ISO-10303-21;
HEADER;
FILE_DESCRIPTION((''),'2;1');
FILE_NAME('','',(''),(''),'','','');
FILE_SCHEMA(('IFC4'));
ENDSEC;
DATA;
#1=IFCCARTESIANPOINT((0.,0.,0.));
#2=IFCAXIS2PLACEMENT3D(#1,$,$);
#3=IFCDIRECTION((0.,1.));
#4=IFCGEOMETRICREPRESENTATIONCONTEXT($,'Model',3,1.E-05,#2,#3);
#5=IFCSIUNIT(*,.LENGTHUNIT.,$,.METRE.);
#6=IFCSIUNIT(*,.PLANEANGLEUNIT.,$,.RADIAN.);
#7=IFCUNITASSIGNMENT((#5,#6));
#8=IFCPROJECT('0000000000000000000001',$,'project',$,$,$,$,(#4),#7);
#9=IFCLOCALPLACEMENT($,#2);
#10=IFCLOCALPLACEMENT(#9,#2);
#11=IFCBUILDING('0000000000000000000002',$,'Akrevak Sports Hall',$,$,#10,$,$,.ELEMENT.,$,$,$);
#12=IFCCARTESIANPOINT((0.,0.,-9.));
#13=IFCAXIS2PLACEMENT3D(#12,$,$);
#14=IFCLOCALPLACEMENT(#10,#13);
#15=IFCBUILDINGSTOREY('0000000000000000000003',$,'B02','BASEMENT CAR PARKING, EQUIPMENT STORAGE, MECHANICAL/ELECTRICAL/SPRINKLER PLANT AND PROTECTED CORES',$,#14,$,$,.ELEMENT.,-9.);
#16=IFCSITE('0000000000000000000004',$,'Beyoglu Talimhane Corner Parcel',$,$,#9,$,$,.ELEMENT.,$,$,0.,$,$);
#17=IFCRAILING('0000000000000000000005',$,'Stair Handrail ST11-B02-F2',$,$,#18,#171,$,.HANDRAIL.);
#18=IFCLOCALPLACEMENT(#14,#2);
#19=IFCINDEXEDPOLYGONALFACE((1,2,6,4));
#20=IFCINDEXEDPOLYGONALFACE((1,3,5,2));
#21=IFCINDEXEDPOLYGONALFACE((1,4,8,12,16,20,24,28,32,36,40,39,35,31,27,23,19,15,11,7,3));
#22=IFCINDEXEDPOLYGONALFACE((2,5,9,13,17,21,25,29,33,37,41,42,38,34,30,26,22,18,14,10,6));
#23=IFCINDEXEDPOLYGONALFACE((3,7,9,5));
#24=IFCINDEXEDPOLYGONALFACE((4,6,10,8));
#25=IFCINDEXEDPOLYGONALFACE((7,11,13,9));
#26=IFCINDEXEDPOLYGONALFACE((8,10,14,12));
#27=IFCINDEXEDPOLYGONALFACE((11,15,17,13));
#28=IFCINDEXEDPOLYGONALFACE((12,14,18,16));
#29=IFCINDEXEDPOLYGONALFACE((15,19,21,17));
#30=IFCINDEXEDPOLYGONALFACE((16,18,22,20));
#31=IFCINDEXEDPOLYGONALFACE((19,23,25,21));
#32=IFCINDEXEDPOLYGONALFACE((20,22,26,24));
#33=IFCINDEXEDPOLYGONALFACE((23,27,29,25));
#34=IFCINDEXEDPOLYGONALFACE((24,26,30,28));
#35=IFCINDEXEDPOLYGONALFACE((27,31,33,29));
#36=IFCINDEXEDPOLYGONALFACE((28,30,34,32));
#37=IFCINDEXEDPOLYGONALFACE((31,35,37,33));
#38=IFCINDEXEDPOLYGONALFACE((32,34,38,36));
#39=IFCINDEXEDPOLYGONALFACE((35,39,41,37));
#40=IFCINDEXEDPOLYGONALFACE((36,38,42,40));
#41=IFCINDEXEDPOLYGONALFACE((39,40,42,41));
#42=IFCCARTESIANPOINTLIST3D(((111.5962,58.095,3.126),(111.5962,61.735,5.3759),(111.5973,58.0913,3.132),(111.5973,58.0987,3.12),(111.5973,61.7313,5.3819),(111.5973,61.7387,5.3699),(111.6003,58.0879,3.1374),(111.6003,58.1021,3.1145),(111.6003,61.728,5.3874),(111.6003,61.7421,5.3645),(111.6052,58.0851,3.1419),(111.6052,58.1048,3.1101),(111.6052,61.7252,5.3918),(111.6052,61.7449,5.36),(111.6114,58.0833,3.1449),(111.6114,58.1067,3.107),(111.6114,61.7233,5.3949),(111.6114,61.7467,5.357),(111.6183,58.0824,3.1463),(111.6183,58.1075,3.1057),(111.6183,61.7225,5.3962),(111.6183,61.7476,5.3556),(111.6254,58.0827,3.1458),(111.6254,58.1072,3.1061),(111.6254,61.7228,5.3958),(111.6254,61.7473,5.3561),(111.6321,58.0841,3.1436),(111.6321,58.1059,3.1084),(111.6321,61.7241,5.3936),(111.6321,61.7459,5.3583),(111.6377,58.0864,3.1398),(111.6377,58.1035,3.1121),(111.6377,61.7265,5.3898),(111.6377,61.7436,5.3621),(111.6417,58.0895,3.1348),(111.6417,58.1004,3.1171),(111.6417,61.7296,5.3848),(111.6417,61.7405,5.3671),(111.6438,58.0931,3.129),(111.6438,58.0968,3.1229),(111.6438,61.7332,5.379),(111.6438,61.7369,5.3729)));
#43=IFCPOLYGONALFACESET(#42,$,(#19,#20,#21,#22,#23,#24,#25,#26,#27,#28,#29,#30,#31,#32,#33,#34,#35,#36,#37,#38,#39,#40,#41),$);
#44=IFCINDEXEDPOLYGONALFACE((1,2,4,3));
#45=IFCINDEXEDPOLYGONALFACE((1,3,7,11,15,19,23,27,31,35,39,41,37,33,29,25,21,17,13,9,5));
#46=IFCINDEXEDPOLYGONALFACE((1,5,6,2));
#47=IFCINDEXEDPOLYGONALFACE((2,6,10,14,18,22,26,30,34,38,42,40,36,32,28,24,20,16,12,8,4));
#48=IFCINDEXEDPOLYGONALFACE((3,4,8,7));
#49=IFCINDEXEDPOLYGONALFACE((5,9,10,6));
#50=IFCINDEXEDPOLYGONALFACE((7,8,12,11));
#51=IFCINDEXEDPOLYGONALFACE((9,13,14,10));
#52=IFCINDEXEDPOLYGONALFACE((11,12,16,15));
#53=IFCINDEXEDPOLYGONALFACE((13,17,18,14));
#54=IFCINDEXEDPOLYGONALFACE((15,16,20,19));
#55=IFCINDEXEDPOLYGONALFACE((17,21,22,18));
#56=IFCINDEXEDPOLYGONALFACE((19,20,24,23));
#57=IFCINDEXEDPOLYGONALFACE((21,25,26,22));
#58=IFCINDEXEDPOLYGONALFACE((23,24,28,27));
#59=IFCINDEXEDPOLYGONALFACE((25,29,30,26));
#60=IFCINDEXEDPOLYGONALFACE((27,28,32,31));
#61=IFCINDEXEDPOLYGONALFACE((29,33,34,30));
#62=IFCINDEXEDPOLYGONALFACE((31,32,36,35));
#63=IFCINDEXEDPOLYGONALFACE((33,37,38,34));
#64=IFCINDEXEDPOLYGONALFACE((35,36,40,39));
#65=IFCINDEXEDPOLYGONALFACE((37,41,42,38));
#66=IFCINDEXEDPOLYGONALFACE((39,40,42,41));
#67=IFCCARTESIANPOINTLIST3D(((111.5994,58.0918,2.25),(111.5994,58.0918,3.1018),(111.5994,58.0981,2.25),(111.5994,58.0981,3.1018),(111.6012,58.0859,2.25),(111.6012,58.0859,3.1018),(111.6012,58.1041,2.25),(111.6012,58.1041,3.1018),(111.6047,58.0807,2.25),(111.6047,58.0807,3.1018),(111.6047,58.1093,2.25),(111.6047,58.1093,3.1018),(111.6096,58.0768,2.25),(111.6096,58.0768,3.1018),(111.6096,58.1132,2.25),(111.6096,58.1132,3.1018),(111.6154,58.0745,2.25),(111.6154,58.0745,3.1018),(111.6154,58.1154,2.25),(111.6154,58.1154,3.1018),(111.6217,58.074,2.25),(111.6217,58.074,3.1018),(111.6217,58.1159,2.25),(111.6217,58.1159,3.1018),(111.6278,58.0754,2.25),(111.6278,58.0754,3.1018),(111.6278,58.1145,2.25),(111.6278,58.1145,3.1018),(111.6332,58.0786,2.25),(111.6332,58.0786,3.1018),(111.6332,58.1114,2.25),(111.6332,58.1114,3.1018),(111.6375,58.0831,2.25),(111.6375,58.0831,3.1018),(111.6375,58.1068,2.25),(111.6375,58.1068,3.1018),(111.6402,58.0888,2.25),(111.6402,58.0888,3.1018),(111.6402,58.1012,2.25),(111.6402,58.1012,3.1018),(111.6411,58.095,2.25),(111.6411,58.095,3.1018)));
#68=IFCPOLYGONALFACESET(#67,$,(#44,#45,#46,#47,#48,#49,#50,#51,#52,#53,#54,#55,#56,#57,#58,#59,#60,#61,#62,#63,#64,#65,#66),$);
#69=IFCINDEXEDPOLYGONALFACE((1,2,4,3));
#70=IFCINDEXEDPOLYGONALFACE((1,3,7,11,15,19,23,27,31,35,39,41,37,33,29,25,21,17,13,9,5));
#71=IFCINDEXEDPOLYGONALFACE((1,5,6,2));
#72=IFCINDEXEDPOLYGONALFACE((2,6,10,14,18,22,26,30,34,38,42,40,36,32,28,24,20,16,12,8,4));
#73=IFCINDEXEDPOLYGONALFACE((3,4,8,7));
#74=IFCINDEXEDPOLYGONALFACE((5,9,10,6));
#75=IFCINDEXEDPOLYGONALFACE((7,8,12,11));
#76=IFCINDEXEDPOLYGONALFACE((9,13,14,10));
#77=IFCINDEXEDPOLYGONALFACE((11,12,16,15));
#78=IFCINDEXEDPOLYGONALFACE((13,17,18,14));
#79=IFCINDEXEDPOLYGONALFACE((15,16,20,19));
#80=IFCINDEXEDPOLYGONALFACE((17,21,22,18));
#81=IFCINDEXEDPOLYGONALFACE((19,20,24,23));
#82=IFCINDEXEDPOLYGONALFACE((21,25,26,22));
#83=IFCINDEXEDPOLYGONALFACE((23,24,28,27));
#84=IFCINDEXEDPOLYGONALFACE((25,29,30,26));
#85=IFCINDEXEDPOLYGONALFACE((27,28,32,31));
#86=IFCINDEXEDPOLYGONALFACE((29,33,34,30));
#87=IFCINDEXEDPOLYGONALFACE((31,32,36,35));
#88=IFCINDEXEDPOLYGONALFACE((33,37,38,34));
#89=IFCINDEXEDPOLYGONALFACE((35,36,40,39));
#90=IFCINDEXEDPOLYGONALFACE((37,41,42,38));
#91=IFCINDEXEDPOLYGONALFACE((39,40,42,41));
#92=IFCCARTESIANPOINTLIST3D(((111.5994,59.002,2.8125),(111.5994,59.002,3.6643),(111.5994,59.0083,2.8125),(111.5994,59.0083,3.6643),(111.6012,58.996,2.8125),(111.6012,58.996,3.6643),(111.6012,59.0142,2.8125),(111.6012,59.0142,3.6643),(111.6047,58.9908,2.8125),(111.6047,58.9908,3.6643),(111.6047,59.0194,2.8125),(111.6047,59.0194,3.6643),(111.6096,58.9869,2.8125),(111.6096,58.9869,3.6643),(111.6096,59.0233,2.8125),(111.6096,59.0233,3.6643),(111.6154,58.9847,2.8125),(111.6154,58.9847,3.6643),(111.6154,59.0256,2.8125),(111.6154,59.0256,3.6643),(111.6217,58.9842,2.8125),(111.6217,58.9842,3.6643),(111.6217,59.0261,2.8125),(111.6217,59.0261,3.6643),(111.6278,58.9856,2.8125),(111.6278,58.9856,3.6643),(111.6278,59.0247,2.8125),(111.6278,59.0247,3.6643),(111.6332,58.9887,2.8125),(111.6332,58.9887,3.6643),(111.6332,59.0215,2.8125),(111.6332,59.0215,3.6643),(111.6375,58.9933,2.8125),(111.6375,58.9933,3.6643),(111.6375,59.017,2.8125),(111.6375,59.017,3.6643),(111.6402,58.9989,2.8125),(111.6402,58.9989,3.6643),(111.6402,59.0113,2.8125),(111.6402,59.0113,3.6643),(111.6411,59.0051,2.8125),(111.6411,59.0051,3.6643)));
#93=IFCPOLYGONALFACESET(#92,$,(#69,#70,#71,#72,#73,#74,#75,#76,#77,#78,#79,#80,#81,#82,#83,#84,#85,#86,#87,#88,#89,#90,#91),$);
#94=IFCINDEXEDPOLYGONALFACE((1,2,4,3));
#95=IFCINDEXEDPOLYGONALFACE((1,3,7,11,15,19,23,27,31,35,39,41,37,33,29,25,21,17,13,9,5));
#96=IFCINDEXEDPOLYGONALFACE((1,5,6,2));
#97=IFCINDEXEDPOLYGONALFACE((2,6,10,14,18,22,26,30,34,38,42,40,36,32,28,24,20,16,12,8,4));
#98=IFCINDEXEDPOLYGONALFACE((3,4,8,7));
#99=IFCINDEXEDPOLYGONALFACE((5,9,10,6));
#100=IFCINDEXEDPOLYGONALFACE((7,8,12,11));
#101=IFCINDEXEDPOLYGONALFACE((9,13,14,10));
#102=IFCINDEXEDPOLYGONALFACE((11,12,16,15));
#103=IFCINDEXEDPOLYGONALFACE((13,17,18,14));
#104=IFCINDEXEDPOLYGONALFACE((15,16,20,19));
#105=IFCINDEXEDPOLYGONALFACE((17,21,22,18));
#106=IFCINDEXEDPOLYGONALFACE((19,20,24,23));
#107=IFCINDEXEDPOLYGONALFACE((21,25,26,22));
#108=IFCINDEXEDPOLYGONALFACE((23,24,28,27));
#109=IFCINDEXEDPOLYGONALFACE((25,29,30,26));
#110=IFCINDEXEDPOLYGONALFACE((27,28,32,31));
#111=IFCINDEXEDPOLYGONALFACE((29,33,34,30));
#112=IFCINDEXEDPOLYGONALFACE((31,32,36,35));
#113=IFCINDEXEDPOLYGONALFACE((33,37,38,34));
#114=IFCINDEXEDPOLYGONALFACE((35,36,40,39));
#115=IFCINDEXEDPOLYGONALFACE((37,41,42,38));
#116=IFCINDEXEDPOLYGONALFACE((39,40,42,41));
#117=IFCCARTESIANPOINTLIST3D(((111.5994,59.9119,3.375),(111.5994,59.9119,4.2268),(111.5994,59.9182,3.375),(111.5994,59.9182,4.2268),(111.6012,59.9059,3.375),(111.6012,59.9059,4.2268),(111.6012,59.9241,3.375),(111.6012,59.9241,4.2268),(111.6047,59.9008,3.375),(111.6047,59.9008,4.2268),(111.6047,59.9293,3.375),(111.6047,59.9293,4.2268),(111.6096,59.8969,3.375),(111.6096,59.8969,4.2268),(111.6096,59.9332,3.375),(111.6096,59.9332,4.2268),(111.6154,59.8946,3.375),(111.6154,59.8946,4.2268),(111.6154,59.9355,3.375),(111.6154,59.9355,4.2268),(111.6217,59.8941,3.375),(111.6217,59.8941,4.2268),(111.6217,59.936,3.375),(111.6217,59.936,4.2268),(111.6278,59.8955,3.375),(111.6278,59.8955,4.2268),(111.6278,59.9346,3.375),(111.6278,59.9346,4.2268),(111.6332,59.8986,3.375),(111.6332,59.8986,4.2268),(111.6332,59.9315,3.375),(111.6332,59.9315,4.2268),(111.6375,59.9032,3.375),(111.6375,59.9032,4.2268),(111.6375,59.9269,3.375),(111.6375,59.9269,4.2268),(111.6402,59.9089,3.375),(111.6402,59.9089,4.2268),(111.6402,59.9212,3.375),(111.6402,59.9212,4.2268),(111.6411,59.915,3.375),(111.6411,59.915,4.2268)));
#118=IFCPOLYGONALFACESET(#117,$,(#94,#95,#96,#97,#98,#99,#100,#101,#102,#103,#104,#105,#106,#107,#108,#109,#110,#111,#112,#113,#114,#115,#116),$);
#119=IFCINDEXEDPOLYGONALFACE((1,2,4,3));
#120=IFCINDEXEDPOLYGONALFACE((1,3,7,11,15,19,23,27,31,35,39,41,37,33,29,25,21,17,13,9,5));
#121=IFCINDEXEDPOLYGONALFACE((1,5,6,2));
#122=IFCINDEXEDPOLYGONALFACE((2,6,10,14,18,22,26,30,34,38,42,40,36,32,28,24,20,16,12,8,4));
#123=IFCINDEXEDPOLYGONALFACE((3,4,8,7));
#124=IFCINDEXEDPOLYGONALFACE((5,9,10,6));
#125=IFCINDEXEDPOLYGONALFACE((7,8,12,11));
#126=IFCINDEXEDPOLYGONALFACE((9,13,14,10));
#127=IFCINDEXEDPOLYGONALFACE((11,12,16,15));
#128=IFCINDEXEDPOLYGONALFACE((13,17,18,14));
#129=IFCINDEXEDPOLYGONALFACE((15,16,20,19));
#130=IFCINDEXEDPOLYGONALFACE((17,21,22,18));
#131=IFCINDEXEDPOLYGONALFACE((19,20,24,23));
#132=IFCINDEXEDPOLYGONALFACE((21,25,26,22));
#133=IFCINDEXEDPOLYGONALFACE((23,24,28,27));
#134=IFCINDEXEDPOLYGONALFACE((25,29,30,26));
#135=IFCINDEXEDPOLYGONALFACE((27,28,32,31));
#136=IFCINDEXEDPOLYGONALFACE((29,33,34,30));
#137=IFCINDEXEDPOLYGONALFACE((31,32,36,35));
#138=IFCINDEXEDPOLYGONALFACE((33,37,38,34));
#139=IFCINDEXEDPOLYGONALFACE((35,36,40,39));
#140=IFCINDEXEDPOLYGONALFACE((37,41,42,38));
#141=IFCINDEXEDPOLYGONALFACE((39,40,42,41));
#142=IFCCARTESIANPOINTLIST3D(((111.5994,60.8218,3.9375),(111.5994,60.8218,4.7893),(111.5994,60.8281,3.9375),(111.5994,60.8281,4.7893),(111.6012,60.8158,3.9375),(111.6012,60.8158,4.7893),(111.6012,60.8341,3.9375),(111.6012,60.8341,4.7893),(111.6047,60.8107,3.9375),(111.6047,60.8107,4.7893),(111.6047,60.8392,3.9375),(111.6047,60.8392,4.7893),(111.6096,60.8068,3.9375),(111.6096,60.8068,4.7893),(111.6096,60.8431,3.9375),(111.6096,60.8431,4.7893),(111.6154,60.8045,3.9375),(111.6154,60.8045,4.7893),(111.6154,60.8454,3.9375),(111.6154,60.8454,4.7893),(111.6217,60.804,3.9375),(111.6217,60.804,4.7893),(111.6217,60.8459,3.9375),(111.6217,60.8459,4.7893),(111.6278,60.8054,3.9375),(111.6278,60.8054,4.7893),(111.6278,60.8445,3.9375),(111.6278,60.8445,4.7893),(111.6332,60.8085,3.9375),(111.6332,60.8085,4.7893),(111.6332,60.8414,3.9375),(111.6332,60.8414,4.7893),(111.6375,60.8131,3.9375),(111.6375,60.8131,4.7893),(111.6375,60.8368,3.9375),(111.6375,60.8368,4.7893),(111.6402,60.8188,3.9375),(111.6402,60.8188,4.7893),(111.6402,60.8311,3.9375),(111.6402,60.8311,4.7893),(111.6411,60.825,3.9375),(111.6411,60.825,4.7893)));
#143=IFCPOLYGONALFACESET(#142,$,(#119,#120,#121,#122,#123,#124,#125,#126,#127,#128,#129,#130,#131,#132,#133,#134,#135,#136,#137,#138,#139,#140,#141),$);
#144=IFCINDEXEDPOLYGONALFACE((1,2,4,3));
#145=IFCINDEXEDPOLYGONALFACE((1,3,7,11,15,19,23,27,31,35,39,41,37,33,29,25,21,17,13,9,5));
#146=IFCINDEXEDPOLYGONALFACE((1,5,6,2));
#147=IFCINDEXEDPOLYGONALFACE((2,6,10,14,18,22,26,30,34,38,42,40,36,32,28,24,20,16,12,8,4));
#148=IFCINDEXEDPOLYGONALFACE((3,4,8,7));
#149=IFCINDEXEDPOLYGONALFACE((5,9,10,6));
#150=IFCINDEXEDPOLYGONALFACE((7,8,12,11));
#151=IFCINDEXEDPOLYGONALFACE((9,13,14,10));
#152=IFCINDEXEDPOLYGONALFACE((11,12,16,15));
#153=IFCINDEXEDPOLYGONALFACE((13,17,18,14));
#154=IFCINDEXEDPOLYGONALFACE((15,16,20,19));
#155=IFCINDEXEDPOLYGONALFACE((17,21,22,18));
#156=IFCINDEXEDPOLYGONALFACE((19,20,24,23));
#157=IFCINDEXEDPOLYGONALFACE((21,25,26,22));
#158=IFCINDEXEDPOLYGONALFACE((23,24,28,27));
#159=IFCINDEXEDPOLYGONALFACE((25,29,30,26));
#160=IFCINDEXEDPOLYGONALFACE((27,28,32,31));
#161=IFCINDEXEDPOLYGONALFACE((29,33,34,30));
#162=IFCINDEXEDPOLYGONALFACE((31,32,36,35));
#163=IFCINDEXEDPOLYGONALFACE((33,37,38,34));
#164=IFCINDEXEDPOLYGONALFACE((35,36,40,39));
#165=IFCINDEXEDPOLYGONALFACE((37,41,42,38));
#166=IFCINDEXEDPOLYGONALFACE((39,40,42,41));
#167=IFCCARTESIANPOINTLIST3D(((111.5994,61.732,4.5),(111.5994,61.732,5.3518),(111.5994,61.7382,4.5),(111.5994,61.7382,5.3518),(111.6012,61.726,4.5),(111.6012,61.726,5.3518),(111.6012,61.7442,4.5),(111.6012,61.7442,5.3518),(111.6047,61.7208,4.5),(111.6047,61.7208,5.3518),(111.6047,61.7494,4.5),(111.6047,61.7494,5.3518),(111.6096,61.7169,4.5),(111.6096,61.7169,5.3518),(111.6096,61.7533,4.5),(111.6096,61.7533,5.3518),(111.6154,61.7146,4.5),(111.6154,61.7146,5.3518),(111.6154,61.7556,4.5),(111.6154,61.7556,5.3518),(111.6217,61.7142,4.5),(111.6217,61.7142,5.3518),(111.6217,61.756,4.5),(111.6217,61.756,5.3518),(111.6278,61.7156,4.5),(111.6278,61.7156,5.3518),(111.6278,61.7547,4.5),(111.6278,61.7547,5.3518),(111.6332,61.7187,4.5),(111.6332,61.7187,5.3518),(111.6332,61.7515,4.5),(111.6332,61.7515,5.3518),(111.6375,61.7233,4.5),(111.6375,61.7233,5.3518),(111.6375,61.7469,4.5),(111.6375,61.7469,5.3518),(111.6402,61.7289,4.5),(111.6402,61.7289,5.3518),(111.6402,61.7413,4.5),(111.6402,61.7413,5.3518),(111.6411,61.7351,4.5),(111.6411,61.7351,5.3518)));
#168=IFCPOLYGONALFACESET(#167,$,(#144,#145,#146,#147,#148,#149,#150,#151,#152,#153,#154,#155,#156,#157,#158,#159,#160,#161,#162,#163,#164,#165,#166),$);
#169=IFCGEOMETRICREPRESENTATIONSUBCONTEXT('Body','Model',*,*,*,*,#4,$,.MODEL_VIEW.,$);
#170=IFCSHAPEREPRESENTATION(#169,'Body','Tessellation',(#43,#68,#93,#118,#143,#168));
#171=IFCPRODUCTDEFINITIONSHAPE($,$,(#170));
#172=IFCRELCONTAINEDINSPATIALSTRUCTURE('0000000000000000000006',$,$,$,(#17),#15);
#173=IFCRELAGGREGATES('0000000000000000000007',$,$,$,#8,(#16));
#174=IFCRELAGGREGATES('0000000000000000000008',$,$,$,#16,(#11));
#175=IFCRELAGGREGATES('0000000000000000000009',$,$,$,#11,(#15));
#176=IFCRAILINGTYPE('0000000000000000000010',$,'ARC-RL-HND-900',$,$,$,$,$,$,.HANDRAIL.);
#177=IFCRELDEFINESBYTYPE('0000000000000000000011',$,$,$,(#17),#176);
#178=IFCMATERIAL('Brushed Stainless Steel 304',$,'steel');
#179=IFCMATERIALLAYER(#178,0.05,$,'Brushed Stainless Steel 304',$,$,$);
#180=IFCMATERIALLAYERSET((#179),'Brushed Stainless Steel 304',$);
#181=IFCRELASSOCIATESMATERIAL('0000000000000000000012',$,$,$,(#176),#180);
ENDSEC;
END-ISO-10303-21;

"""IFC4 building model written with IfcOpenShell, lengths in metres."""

from ifc_helpers import new_model, si_unit, direction, frame, origin, origin_2d, place, context, subcontext, project, spatial, circle, extrude, material, layer, layer_set, type_object, element, save


model = new_model("IFC4")

# Units and contexts
model_context = context("Model", 3, precision=1e-05, world=origin(), true_north=direction((0.0, 1.0)))
body_context = subcontext(model_context, "Body", "Model", "MODEL_VIEW")
ifc_project = project(units=[si_unit("LENGTHUNIT", "METRE"), si_unit("PLANEANGLEUNIT", "RADIAN")], contexts=[model_context])

# Site, building, storey
site_placement = place(None, origin())
site = spatial("IfcSite", under=ifc_project, at=site_placement, Name="Beyoglu Talimhane Corner Parcel", CompositionType="ELEMENT", RefElevation=0.0)
building_placement = place(site_placement, origin())
building = spatial("IfcBuilding", under=site, at=building_placement, Name="Akrevak Sports Hall", CompositionType="ELEMENT")
storey_placement = place(building_placement, frame((0.0, 0.0, -9.0)))
storey = spatial("IfcBuildingStorey", under=building, at=storey_placement, Name="B02", Description="BASEMENT CAR PARKING, EQUIPMENT STORAGE, MECHANICAL/ELECTRICAL/SPRINKLER PLANT AND PROTECTED CORES", CompositionType="ELEMENT", Elevation=-9.0)

# Railing
ifc_material_1 = material(Name="Brushed Stainless Steel 304", Category="steel")
ifc_layer_1 = layer(ifc_material_1, 0.05, Name="Brushed Stainless Steel 304")
ifc_layer_set_1 = layer_set([ifc_layer_1], Name="Brushed Stainless Steel 304")
railing_type_1 = type_object("IfcRailingType", Name="ARC-RL-HND-900", PredefinedType="HANDRAIL", material=ifc_layer_set_1)
railing_1_placement = place(storey_placement, frame((111.6201, 58.095, 2.25)))
element("IfcRailing", 1, at=railing_1_placement, inside=storey, type_object=railing_type_1, Name="Stair Handrail ST11-B02-F2", PredefinedType="HANDRAIL", context=body_context, shape_type="SweptSolid", body=[
    extrude(circle(Radius=0.0239, at=origin_2d()), frame((0.0, 0.0, 0.876), z_axis=(0.0, 0.850622, 0.525777), x_axis=(-1.0, 0.0, 0.0)), (0.0, 0.0, 1.0), 4.2793),
    extrude(circle(Radius=0.021, at=origin_2d()), origin(), (0.0, 0.0, 1.0), 0.8518),
    extrude(circle(Radius=0.021, at=origin_2d()), frame((0.0, 0.9102, 0.5625)), (0.0, 0.0, 1.0), 0.8518),
    extrude(circle(Radius=0.021, at=origin_2d()), frame((0.0, 1.8201, 1.125)), (0.0, 0.0, 1.0), 0.8518),
    extrude(circle(Radius=0.021, at=origin_2d()), frame((0.0, 2.73, 1.6875)), (0.0, 0.0, 1.0), 0.8518),
    extrude(circle(Radius=0.021, at=origin_2d()), frame((0.0, 3.6401, 2.25)), (0.0, 0.0, 1.0), 0.8518),
])

save(model, "model.ifc")
